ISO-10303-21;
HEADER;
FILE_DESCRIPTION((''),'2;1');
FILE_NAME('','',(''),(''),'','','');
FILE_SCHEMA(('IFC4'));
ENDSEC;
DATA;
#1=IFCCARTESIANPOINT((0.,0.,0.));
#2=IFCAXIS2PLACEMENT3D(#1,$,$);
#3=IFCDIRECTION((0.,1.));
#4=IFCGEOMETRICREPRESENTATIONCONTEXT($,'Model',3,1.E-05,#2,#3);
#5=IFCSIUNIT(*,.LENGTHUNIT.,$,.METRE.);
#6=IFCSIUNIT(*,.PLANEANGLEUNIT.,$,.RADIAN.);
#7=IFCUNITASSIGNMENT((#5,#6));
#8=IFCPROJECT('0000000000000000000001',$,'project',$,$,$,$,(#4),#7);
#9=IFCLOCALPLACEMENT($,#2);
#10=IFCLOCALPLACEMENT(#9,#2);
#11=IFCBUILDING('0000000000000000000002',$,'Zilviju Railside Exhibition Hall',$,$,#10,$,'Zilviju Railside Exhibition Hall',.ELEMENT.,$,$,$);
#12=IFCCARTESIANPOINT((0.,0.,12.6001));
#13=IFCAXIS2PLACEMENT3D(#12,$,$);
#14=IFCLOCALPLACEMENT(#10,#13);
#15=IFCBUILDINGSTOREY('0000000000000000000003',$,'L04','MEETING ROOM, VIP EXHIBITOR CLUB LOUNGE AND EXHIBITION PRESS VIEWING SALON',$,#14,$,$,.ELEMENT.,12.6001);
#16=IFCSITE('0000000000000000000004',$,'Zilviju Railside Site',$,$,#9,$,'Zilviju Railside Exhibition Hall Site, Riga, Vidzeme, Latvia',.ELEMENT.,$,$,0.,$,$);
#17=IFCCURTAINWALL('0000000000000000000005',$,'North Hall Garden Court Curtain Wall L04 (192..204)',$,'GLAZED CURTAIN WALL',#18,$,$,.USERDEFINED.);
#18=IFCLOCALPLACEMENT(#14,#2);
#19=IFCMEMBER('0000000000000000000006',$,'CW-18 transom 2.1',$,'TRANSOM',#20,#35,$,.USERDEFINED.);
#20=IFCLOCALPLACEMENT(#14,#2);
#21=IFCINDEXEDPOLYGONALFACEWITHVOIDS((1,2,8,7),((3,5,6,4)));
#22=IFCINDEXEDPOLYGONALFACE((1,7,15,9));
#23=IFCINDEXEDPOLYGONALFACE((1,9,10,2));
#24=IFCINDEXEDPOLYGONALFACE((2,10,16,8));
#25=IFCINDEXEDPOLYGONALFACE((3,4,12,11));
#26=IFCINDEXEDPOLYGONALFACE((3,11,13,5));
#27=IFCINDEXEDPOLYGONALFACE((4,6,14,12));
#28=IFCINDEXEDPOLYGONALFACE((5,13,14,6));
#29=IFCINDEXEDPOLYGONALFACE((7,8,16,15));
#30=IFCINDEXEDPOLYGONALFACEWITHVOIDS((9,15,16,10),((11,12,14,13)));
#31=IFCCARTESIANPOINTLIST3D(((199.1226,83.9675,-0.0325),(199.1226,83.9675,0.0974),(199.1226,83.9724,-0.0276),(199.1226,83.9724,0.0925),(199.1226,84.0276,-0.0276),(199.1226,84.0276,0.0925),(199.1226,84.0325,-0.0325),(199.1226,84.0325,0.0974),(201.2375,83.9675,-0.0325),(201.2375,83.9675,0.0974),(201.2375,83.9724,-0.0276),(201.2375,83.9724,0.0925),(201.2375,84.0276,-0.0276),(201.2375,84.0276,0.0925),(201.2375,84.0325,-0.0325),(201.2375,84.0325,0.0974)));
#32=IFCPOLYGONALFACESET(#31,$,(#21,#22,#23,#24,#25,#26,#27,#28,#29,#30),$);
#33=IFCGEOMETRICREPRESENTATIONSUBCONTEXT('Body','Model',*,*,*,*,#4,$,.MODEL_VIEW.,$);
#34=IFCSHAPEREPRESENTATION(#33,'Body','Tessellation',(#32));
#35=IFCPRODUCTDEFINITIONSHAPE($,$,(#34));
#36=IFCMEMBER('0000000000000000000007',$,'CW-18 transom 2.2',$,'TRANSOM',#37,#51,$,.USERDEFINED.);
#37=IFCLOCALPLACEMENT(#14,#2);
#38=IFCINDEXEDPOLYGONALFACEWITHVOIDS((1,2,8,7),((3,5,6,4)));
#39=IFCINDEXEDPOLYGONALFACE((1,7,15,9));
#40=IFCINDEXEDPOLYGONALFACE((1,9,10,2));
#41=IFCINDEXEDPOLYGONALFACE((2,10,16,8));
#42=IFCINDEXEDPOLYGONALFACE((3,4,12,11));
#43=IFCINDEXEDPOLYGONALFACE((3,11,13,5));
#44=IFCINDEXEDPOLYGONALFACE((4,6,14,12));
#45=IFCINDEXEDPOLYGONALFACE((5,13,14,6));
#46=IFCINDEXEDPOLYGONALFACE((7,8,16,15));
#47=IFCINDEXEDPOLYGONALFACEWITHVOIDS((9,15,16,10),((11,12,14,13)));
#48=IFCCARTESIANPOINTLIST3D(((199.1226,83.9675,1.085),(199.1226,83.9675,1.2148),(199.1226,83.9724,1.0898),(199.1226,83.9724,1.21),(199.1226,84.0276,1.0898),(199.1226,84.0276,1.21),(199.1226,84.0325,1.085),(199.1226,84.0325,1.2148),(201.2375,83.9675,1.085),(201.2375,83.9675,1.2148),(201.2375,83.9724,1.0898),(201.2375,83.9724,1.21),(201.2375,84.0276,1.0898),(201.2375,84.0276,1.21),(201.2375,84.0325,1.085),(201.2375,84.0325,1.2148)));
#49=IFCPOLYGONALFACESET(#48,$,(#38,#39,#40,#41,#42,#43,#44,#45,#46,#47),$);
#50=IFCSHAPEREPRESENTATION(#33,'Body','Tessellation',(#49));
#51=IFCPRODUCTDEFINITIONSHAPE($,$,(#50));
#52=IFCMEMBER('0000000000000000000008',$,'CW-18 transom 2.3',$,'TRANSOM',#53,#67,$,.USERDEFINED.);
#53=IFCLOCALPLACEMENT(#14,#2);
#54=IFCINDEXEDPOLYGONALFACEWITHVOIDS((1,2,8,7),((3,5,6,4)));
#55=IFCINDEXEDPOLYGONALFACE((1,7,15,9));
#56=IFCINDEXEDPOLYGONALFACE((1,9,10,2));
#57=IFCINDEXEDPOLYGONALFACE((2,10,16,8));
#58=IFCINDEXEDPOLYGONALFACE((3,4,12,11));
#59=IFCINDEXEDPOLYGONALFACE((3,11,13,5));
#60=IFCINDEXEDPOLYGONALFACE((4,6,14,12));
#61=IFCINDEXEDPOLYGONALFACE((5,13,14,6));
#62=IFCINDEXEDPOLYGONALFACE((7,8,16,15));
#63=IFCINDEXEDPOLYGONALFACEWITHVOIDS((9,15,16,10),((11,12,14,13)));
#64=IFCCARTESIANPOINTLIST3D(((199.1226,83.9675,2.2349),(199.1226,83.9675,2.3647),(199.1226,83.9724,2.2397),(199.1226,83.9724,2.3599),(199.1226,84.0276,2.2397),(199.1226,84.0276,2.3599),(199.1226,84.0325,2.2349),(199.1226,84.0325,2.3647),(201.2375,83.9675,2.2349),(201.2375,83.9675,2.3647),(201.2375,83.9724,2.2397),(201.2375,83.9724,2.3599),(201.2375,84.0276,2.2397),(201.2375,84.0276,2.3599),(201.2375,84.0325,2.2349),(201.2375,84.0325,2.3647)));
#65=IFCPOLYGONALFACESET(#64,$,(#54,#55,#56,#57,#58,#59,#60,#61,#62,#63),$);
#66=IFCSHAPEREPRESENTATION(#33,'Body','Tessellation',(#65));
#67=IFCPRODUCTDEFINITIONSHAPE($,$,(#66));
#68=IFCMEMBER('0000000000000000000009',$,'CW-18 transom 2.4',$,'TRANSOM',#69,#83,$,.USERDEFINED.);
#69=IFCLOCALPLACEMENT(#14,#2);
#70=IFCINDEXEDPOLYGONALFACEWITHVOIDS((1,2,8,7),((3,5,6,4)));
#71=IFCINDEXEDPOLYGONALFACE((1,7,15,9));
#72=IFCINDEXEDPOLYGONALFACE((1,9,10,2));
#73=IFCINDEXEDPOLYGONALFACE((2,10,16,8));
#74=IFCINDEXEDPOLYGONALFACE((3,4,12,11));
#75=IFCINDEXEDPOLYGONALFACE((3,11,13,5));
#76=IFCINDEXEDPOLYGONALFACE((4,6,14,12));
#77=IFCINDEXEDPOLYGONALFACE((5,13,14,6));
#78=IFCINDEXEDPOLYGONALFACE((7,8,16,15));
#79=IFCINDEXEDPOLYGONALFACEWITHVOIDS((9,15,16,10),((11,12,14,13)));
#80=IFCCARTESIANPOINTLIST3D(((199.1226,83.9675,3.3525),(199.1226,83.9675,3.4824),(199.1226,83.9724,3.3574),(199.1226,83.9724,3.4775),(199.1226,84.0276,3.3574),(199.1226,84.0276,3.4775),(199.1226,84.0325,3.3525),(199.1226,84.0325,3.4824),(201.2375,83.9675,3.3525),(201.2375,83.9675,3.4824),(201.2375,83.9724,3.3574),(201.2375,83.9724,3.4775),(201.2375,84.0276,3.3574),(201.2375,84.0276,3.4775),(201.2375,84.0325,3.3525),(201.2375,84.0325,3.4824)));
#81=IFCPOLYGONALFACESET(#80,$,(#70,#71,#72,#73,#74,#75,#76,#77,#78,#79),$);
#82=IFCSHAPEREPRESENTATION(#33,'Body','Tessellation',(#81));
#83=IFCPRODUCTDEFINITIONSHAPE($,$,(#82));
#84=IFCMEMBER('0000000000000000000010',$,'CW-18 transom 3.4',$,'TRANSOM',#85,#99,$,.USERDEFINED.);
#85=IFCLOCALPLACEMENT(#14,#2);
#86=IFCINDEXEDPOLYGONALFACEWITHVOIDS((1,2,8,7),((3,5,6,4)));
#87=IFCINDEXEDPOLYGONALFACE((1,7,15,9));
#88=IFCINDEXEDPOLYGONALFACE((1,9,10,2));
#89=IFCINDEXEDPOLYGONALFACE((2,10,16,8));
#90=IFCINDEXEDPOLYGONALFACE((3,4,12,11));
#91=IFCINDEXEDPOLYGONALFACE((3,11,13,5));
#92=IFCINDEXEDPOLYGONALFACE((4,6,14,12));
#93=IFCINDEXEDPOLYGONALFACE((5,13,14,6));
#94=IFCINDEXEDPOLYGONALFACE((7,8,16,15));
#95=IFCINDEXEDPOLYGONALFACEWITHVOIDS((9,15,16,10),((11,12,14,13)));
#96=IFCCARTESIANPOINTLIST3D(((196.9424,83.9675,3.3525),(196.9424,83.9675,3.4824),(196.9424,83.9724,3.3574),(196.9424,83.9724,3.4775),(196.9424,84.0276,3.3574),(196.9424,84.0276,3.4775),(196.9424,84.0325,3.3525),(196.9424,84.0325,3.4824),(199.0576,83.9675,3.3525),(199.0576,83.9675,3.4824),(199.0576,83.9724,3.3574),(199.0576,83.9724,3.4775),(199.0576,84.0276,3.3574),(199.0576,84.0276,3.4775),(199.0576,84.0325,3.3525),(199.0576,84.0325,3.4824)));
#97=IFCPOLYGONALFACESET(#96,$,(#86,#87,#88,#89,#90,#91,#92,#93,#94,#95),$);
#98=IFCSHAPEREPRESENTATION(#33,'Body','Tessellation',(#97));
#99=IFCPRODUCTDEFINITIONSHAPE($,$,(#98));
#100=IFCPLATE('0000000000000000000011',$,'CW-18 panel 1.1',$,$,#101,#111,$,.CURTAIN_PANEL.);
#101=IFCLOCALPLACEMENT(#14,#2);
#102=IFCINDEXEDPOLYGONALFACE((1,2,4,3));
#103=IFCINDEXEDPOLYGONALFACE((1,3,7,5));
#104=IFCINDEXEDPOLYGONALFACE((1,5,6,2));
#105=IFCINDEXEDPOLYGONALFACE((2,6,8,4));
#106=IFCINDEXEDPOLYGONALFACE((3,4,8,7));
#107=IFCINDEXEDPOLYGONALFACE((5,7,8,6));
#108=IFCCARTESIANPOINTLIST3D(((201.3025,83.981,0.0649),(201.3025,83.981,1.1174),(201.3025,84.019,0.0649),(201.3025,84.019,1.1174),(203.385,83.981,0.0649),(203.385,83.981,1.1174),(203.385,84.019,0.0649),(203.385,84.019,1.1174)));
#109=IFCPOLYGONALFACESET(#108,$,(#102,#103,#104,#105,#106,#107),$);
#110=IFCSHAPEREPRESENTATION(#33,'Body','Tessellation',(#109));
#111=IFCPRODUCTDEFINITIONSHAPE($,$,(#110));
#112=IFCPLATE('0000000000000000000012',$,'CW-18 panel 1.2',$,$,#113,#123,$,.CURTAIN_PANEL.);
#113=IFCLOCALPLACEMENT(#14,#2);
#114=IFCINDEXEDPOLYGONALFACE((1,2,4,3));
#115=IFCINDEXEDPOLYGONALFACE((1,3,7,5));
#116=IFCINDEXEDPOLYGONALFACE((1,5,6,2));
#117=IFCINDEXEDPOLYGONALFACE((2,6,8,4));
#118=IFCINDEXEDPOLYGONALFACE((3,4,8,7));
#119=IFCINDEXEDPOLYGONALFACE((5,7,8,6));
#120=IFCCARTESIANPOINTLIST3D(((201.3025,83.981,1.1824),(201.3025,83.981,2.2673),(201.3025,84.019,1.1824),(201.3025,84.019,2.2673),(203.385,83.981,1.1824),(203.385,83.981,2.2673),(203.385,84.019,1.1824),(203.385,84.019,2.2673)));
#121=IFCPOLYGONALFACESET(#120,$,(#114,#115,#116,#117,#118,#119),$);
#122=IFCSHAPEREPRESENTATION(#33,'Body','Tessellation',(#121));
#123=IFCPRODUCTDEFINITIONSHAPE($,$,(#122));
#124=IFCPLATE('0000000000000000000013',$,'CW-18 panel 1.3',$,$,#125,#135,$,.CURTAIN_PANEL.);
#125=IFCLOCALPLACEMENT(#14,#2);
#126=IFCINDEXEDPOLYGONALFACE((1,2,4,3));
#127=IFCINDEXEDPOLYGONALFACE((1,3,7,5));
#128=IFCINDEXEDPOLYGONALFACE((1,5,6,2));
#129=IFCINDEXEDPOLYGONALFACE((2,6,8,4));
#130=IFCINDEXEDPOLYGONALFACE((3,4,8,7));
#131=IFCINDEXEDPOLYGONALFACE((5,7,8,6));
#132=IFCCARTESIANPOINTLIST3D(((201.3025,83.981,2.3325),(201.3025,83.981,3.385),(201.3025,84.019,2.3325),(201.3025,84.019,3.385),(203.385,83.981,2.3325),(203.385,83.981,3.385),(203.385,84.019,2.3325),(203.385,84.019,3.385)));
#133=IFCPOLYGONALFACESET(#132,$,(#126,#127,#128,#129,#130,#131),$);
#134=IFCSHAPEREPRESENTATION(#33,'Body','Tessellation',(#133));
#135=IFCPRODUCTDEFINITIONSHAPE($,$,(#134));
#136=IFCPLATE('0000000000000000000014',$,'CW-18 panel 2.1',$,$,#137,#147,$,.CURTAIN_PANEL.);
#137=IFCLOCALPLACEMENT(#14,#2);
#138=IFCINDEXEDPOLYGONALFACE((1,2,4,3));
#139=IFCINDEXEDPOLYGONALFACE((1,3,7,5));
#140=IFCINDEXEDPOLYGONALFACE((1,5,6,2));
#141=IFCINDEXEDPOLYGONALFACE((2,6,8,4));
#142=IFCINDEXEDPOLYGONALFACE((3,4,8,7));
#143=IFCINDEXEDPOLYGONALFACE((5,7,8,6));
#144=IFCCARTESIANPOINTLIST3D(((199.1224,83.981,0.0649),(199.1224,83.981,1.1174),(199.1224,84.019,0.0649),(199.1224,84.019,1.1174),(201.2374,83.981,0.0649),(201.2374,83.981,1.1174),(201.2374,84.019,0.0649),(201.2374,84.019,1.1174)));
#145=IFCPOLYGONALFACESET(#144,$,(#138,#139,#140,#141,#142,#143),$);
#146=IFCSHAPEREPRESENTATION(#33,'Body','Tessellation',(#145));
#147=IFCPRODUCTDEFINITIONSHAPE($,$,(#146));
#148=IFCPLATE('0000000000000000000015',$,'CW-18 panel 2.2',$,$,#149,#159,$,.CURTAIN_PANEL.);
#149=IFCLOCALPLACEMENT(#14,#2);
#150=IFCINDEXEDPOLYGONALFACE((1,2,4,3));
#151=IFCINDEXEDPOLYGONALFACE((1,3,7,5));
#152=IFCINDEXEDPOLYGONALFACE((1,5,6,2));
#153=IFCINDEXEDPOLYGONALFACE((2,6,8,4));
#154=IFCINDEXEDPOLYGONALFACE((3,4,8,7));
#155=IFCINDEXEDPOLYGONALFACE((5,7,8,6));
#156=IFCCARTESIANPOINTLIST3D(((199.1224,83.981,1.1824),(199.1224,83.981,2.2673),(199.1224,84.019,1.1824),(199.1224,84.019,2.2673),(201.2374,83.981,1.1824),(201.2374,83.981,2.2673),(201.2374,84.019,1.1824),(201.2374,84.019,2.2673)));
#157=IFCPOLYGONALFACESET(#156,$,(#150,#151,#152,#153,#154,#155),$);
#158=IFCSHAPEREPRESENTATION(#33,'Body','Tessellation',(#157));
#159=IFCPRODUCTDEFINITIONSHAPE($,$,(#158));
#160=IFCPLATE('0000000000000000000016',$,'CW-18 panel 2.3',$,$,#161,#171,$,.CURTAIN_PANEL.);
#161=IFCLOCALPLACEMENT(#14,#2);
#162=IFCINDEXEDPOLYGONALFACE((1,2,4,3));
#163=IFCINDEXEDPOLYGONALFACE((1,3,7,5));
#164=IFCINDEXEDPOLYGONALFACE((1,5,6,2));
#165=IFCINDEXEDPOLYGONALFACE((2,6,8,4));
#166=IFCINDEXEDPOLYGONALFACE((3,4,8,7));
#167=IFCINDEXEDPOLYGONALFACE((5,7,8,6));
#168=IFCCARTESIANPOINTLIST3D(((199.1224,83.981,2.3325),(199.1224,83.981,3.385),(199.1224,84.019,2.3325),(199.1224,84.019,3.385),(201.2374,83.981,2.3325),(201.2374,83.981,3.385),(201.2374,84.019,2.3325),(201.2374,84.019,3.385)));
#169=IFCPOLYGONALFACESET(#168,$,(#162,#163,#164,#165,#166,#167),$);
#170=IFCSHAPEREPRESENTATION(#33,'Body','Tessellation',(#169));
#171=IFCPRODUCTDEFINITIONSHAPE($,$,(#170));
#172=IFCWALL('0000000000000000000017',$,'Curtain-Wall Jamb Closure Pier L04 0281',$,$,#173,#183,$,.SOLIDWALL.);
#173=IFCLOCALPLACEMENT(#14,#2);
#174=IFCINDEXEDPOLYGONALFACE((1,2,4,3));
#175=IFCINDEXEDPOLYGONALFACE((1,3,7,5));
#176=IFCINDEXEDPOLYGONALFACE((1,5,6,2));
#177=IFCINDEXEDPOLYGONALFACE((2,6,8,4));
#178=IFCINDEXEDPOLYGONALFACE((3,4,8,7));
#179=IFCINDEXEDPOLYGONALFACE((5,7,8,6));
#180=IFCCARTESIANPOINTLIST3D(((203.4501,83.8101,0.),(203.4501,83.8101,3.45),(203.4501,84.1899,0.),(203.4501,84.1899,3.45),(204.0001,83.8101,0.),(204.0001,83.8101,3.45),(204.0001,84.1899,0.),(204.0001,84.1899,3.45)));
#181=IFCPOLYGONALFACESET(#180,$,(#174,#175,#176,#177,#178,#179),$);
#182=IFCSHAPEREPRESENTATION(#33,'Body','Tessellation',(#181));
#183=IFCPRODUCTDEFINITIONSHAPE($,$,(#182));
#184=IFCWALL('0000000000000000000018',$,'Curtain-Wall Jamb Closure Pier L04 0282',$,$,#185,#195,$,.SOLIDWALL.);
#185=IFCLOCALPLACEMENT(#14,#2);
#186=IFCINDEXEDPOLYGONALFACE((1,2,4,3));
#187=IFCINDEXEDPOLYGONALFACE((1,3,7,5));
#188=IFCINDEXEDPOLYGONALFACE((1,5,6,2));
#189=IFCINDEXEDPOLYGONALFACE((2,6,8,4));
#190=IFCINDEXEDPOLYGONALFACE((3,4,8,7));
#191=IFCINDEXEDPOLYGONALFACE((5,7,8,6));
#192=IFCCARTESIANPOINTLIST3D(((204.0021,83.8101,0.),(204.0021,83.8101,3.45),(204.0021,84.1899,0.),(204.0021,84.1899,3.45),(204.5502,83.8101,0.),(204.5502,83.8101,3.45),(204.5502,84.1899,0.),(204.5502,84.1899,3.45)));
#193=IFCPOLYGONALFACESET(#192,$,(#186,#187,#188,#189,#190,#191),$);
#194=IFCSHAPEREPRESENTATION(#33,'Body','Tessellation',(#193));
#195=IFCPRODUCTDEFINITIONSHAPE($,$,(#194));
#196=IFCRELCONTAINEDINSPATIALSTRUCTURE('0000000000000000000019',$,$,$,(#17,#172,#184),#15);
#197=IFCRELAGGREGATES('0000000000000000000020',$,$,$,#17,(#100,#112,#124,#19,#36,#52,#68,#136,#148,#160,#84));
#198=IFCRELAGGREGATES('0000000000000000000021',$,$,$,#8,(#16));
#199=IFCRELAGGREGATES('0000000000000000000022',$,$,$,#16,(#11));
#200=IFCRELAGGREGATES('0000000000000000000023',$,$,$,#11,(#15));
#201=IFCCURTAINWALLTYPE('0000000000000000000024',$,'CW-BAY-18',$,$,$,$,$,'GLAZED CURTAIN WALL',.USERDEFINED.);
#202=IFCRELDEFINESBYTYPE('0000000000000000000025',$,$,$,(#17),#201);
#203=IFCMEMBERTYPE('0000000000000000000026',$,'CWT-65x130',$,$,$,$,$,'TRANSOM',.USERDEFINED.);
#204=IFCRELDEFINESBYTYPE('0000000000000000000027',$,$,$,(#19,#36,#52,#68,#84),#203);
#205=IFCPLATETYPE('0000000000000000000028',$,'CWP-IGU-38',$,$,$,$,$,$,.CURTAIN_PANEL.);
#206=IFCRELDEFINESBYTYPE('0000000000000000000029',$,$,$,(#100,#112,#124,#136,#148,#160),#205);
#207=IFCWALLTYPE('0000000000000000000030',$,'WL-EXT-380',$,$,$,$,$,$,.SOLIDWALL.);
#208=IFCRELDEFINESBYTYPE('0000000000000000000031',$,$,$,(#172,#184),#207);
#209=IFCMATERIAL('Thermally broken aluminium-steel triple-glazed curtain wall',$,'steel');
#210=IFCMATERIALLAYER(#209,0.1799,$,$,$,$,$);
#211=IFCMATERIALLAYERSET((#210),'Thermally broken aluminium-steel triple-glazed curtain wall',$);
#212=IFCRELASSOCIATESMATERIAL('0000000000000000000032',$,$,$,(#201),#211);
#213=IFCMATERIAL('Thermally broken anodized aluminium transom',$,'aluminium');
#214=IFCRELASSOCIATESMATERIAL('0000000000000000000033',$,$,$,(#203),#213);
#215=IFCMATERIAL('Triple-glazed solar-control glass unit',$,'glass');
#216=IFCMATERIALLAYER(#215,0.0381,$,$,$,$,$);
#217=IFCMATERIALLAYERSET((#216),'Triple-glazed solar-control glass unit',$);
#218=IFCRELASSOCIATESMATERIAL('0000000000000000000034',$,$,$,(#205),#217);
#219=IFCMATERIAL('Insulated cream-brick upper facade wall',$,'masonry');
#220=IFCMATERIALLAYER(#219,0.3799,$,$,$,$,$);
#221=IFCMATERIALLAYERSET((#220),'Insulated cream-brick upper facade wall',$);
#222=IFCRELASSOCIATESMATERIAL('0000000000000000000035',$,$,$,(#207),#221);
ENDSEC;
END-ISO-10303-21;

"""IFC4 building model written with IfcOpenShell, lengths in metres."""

from ifc_helpers import new_model, si_unit, direction, frame, frame_2d, origin, origin_2d, place, context, subcontext, project, spatial, rectangle, hollow_rectangle, extrude, material, layer, layer_set, material_profile, profile_set, type_object, element, aggregate, save


model = new_model("IFC4")

# Units and contexts
model_context = context("Model", 3, precision=1e-05, world=origin(), true_north=direction((0.0, 1.0)))
body_context = subcontext(model_context, "Body", "Model", "MODEL_VIEW")
ifc_project = project(units=[si_unit("LENGTHUNIT", "METRE"), si_unit("PLANEANGLEUNIT", "RADIAN")], contexts=[model_context])

# Site, building, storey
site_placement = place(None, origin())
site = spatial("IfcSite", under=ifc_project, at=site_placement, Name="Zilviju Railside Site", LongName="Zilviju Railside Exhibition Hall Site, Riga, Vidzeme, Latvia", CompositionType="ELEMENT", RefElevation=0.0)
building_placement = place(site_placement, origin())
building = spatial("IfcBuilding", under=site, at=building_placement, Name="Zilviju Railside Exhibition Hall", LongName="Zilviju Railside Exhibition Hall", CompositionType="ELEMENT")
storey_placement = place(building_placement, frame((0.0, 0.0, 12.6001)))
storey = spatial("IfcBuildingStorey", under=building, at=storey_placement, Name="L04", Description="MEETING ROOM, VIP EXHIBITOR CLUB LOUNGE AND EXHIBITION PRESS VIEWING SALON", CompositionType="ELEMENT", Elevation=12.6001)

# Curtain wall, members, plates
ifc_material_1 = material(Name="Thermally broken aluminium-steel triple-glazed curtain wall", Category="steel")
ifc_layer_1 = layer(ifc_material_1, 0.1799)
ifc_layer_set_1 = layer_set([ifc_layer_1], Name="Thermally broken aluminium-steel triple-glazed curtain wall")
curtain_wall_type = type_object("IfcCurtainWallType", Name="CW-BAY-18", ElementType="GLAZED CURTAIN WALL", PredefinedType="USERDEFINED", material=ifc_layer_set_1)
curtain_wall_placement = place(storey_placement, origin())
curtain_wall = element("IfcCurtainWall", 1, at=curtain_wall_placement, inside=storey, type_object=curtain_wall_type, Name="North Hall Garden Court Curtain Wall L04 (192..204)", ObjectType="GLAZED CURTAIN WALL", PredefinedType="USERDEFINED")
ifc_material_2 = material(Name="Thermally broken anodized aluminium transom", Category="aluminium")
ifc_material_profile_1 = material_profile(ifc_material_2, hollow_rectangle(XDim=0.0649, YDim=0.1299, WallThickness=0.0049, at=origin_2d()), Name="TRANSOM 130x65x5")
ifc_profile_set_1 = profile_set([ifc_material_profile_1], Name="Thermally broken anodized aluminium transom")
member_type_1 = type_object("IfcMemberType", Name="CWT-65x130", ElementType="TRANSOM", PredefinedType="USERDEFINED", material=ifc_profile_set_1)
member_1_placement = place(storey_placement, frame((201.2375, 84.0, 0.0325), z_axis=(-1.0, 0.0, 0.0), x_axis=(0.0, -1.0, 0.0)))
member_1 = element("IfcMember", 2, at=member_1_placement, type_object=member_type_1, Name="CW-18 transom 2.1", ObjectType="TRANSOM", PredefinedType="USERDEFINED", context=body_context, shape_type="SweptSolid", body=[
    extrude(hollow_rectangle(XDim=0.0649, YDim=0.1299, WallThickness=0.0049, at=origin_2d()), origin(), (0.0, 0.0, 1.0), 2.115),
])
member_2_placement = place(storey_placement, frame((201.2375, 84.0, 1.1499), z_axis=(-1.0, 0.0, 0.0), x_axis=(0.0, -1.0, 0.0)))
member_2 = element("IfcMember", 3, at=member_2_placement, type_object=member_type_1, Name="CW-18 transom 2.2", ObjectType="TRANSOM", PredefinedType="USERDEFINED", context=body_context, shape_type="SweptSolid", body=[
    extrude(hollow_rectangle(XDim=0.0649, YDim=0.1299, WallThickness=0.0049, at=origin_2d()), origin(), (0.0, 0.0, 1.0), 2.115),
])
member_3_placement = place(storey_placement, frame((201.2375, 84.0, 2.2998), z_axis=(-1.0, 0.0, 0.0), x_axis=(0.0, -1.0, 0.0)))
member_3 = element("IfcMember", 4, at=member_3_placement, type_object=member_type_1, Name="CW-18 transom 2.3", ObjectType="TRANSOM", PredefinedType="USERDEFINED", context=body_context, shape_type="SweptSolid", body=[
    extrude(hollow_rectangle(XDim=0.0649, YDim=0.1299, WallThickness=0.0049, at=origin_2d()), origin(), (0.0, 0.0, 1.0), 2.115),
])
member_4_placement = place(storey_placement, frame((201.2375, 84.0, 3.4175), z_axis=(-1.0, 0.0, 0.0), x_axis=(0.0, -1.0, 0.0)))
member_4 = element("IfcMember", 5, at=member_4_placement, type_object=member_type_1, Name="CW-18 transom 2.4", ObjectType="TRANSOM", PredefinedType="USERDEFINED", context=body_context, shape_type="SweptSolid", body=[
    extrude(hollow_rectangle(XDim=0.0649, YDim=0.1299, WallThickness=0.0049, at=origin_2d()), origin(), (0.0, 0.0, 1.0), 2.115),
])
member_5_placement = place(storey_placement, frame((199.0576, 84.0, 3.4175), z_axis=(-1.0, 0.0, 0.0), x_axis=(0.0, -1.0, 0.0)))
member_5 = element("IfcMember", 6, at=member_5_placement, type_object=member_type_1, Name="CW-18 transom 3.4", ObjectType="TRANSOM", PredefinedType="USERDEFINED", context=body_context, shape_type="SweptSolid", body=[
    extrude(hollow_rectangle(XDim=0.0649, YDim=0.1299, WallThickness=0.0049, at=origin_2d()), origin(), (0.0, 0.0, 1.0), 2.1152),
])
ifc_material_3 = material(Name="Triple-glazed solar-control glass unit", Category="glass")
ifc_layer_2 = layer(ifc_material_3, 0.0381)
ifc_layer_set_2 = layer_set([ifc_layer_2], Name="Triple-glazed solar-control glass unit")
plate_type = type_object("IfcPlateType", Name="CWP-IGU-38", PredefinedType="CURTAIN_PANEL", material=ifc_layer_set_2)
plate_1_placement = place(storey_placement, frame((202.3438, 84.0, 0.0649), z_axis=(0.0, 0.0, 1.0), x_axis=(-1.0, 0.0, 0.0)))
plate_1 = element("IfcPlate", 7, at=plate_1_placement, type_object=plate_type, Name="CW-18 panel 1.1", PredefinedType="CURTAIN_PANEL", context=body_context, shape_type="SweptSolid", body=[
    extrude(rectangle(XDim=2.0825, YDim=0.0381, at=origin_2d()), origin(), (0.0, 0.0, 1.0), 1.0525),
])
plate_2_placement = place(storey_placement, frame((202.3438, 84.0, 1.1824), z_axis=(0.0, 0.0, 1.0), x_axis=(-1.0, 0.0, 0.0)))
plate_2 = element("IfcPlate", 8, at=plate_2_placement, type_object=plate_type, Name="CW-18 panel 1.2", PredefinedType="CURTAIN_PANEL", context=body_context, shape_type="SweptSolid", body=[
    extrude(rectangle(XDim=2.0825, YDim=0.0381, at=origin_2d()), origin(), (0.0, 0.0, 1.0), 1.085),
])
plate_3_placement = place(storey_placement, frame((202.3438, 84.0, 2.3325), z_axis=(0.0, 0.0, 1.0), x_axis=(-1.0, 0.0, 0.0)))
plate_3 = element("IfcPlate", 9, at=plate_3_placement, type_object=plate_type, Name="CW-18 panel 1.3", PredefinedType="CURTAIN_PANEL", context=body_context, shape_type="SweptSolid", body=[
    extrude(rectangle(XDim=2.0825, YDim=0.0381, at=origin_2d()), origin(), (0.0, 0.0, 1.0), 1.0525),
])
plate_4_placement = place(storey_placement, frame((200.1799, 84.0, 0.0649), z_axis=(0.0, 0.0, 1.0), x_axis=(-1.0, 0.0, 0.0)))
plate_4 = element("IfcPlate", 10, at=plate_4_placement, type_object=plate_type, Name="CW-18 panel 2.1", PredefinedType="CURTAIN_PANEL", context=body_context, shape_type="SweptSolid", body=[
    extrude(rectangle(XDim=2.115, YDim=0.0381, at=origin_2d()), origin(), (0.0, 0.0, 1.0), 1.0525),
])
plate_5_placement = place(storey_placement, frame((200.1799, 84.0, 1.1824), z_axis=(0.0, 0.0, 1.0), x_axis=(-1.0, 0.0, 0.0)))
plate_5 = element("IfcPlate", 11, at=plate_5_placement, type_object=plate_type, Name="CW-18 panel 2.2", PredefinedType="CURTAIN_PANEL", context=body_context, shape_type="SweptSolid", body=[
    extrude(rectangle(XDim=2.115, YDim=0.0381, at=origin_2d()), origin(), (0.0, 0.0, 1.0), 1.085),
])
plate_6_placement = place(storey_placement, frame((200.1799, 84.0, 2.3325), z_axis=(0.0, 0.0, 1.0), x_axis=(-1.0, 0.0, 0.0)))
plate_6 = element("IfcPlate", 12, at=plate_6_placement, type_object=plate_type, Name="CW-18 panel 2.3", PredefinedType="CURTAIN_PANEL", context=body_context, shape_type="SweptSolid", body=[
    extrude(rectangle(XDim=2.115, YDim=0.0381, at=origin_2d()), origin(), (0.0, 0.0, 1.0), 1.0525),
])
aggregate(curtain_wall, [plate_1, plate_2, plate_3, member_1, member_2, member_3, member_4, plate_4, plate_5, plate_6, member_5])

# Walls
ifc_material_4 = material(Name="Insulated cream-brick upper facade wall", Category="masonry")
ifc_layer_3 = layer(ifc_material_4, 0.3799)
ifc_layer_set_3 = layer_set([ifc_layer_3], Name="Insulated cream-brick upper facade wall")
wall_type = type_object("IfcWallType", Name="WL-EXT-380", PredefinedType="SOLIDWALL", material=ifc_layer_set_3)
wall_1_placement = place(storey_placement, frame((204.0, 84.0, 0.0), z_axis=(0.0, 0.0, 1.0), x_axis=(-1.0, 0.0, 0.0)))
element("IfcWall", 13, at=wall_1_placement, inside=storey, type_object=wall_type, Name="Curtain-Wall Jamb Closure Pier L04 0281", PredefinedType="SOLIDWALL", context=body_context, shape_type="SweptSolid", body=[
    extrude(rectangle(XDim=0.55, YDim=0.3799, at=frame_2d((0.2749, 0.0))), origin(), (0.0, 0.0, 1.0), 3.45),
])
wall_2_placement = place(storey_placement, frame((204.55, 84.0, 0.0), z_axis=(0.0, 0.0, 1.0), x_axis=(-1.0, 0.0, 0.0)))
element("IfcWall", 14, at=wall_2_placement, inside=storey, type_object=wall_type, Name="Curtain-Wall Jamb Closure Pier L04 0282", PredefinedType="SOLIDWALL", context=body_context, shape_type="SweptSolid", body=[
    extrude(rectangle(XDim=0.5481, YDim=0.3799, at=frame_2d((0.2739, 0.0))), origin(), (0.0, 0.0, 1.0), 3.45),
])

save(model, "model.ifc")
